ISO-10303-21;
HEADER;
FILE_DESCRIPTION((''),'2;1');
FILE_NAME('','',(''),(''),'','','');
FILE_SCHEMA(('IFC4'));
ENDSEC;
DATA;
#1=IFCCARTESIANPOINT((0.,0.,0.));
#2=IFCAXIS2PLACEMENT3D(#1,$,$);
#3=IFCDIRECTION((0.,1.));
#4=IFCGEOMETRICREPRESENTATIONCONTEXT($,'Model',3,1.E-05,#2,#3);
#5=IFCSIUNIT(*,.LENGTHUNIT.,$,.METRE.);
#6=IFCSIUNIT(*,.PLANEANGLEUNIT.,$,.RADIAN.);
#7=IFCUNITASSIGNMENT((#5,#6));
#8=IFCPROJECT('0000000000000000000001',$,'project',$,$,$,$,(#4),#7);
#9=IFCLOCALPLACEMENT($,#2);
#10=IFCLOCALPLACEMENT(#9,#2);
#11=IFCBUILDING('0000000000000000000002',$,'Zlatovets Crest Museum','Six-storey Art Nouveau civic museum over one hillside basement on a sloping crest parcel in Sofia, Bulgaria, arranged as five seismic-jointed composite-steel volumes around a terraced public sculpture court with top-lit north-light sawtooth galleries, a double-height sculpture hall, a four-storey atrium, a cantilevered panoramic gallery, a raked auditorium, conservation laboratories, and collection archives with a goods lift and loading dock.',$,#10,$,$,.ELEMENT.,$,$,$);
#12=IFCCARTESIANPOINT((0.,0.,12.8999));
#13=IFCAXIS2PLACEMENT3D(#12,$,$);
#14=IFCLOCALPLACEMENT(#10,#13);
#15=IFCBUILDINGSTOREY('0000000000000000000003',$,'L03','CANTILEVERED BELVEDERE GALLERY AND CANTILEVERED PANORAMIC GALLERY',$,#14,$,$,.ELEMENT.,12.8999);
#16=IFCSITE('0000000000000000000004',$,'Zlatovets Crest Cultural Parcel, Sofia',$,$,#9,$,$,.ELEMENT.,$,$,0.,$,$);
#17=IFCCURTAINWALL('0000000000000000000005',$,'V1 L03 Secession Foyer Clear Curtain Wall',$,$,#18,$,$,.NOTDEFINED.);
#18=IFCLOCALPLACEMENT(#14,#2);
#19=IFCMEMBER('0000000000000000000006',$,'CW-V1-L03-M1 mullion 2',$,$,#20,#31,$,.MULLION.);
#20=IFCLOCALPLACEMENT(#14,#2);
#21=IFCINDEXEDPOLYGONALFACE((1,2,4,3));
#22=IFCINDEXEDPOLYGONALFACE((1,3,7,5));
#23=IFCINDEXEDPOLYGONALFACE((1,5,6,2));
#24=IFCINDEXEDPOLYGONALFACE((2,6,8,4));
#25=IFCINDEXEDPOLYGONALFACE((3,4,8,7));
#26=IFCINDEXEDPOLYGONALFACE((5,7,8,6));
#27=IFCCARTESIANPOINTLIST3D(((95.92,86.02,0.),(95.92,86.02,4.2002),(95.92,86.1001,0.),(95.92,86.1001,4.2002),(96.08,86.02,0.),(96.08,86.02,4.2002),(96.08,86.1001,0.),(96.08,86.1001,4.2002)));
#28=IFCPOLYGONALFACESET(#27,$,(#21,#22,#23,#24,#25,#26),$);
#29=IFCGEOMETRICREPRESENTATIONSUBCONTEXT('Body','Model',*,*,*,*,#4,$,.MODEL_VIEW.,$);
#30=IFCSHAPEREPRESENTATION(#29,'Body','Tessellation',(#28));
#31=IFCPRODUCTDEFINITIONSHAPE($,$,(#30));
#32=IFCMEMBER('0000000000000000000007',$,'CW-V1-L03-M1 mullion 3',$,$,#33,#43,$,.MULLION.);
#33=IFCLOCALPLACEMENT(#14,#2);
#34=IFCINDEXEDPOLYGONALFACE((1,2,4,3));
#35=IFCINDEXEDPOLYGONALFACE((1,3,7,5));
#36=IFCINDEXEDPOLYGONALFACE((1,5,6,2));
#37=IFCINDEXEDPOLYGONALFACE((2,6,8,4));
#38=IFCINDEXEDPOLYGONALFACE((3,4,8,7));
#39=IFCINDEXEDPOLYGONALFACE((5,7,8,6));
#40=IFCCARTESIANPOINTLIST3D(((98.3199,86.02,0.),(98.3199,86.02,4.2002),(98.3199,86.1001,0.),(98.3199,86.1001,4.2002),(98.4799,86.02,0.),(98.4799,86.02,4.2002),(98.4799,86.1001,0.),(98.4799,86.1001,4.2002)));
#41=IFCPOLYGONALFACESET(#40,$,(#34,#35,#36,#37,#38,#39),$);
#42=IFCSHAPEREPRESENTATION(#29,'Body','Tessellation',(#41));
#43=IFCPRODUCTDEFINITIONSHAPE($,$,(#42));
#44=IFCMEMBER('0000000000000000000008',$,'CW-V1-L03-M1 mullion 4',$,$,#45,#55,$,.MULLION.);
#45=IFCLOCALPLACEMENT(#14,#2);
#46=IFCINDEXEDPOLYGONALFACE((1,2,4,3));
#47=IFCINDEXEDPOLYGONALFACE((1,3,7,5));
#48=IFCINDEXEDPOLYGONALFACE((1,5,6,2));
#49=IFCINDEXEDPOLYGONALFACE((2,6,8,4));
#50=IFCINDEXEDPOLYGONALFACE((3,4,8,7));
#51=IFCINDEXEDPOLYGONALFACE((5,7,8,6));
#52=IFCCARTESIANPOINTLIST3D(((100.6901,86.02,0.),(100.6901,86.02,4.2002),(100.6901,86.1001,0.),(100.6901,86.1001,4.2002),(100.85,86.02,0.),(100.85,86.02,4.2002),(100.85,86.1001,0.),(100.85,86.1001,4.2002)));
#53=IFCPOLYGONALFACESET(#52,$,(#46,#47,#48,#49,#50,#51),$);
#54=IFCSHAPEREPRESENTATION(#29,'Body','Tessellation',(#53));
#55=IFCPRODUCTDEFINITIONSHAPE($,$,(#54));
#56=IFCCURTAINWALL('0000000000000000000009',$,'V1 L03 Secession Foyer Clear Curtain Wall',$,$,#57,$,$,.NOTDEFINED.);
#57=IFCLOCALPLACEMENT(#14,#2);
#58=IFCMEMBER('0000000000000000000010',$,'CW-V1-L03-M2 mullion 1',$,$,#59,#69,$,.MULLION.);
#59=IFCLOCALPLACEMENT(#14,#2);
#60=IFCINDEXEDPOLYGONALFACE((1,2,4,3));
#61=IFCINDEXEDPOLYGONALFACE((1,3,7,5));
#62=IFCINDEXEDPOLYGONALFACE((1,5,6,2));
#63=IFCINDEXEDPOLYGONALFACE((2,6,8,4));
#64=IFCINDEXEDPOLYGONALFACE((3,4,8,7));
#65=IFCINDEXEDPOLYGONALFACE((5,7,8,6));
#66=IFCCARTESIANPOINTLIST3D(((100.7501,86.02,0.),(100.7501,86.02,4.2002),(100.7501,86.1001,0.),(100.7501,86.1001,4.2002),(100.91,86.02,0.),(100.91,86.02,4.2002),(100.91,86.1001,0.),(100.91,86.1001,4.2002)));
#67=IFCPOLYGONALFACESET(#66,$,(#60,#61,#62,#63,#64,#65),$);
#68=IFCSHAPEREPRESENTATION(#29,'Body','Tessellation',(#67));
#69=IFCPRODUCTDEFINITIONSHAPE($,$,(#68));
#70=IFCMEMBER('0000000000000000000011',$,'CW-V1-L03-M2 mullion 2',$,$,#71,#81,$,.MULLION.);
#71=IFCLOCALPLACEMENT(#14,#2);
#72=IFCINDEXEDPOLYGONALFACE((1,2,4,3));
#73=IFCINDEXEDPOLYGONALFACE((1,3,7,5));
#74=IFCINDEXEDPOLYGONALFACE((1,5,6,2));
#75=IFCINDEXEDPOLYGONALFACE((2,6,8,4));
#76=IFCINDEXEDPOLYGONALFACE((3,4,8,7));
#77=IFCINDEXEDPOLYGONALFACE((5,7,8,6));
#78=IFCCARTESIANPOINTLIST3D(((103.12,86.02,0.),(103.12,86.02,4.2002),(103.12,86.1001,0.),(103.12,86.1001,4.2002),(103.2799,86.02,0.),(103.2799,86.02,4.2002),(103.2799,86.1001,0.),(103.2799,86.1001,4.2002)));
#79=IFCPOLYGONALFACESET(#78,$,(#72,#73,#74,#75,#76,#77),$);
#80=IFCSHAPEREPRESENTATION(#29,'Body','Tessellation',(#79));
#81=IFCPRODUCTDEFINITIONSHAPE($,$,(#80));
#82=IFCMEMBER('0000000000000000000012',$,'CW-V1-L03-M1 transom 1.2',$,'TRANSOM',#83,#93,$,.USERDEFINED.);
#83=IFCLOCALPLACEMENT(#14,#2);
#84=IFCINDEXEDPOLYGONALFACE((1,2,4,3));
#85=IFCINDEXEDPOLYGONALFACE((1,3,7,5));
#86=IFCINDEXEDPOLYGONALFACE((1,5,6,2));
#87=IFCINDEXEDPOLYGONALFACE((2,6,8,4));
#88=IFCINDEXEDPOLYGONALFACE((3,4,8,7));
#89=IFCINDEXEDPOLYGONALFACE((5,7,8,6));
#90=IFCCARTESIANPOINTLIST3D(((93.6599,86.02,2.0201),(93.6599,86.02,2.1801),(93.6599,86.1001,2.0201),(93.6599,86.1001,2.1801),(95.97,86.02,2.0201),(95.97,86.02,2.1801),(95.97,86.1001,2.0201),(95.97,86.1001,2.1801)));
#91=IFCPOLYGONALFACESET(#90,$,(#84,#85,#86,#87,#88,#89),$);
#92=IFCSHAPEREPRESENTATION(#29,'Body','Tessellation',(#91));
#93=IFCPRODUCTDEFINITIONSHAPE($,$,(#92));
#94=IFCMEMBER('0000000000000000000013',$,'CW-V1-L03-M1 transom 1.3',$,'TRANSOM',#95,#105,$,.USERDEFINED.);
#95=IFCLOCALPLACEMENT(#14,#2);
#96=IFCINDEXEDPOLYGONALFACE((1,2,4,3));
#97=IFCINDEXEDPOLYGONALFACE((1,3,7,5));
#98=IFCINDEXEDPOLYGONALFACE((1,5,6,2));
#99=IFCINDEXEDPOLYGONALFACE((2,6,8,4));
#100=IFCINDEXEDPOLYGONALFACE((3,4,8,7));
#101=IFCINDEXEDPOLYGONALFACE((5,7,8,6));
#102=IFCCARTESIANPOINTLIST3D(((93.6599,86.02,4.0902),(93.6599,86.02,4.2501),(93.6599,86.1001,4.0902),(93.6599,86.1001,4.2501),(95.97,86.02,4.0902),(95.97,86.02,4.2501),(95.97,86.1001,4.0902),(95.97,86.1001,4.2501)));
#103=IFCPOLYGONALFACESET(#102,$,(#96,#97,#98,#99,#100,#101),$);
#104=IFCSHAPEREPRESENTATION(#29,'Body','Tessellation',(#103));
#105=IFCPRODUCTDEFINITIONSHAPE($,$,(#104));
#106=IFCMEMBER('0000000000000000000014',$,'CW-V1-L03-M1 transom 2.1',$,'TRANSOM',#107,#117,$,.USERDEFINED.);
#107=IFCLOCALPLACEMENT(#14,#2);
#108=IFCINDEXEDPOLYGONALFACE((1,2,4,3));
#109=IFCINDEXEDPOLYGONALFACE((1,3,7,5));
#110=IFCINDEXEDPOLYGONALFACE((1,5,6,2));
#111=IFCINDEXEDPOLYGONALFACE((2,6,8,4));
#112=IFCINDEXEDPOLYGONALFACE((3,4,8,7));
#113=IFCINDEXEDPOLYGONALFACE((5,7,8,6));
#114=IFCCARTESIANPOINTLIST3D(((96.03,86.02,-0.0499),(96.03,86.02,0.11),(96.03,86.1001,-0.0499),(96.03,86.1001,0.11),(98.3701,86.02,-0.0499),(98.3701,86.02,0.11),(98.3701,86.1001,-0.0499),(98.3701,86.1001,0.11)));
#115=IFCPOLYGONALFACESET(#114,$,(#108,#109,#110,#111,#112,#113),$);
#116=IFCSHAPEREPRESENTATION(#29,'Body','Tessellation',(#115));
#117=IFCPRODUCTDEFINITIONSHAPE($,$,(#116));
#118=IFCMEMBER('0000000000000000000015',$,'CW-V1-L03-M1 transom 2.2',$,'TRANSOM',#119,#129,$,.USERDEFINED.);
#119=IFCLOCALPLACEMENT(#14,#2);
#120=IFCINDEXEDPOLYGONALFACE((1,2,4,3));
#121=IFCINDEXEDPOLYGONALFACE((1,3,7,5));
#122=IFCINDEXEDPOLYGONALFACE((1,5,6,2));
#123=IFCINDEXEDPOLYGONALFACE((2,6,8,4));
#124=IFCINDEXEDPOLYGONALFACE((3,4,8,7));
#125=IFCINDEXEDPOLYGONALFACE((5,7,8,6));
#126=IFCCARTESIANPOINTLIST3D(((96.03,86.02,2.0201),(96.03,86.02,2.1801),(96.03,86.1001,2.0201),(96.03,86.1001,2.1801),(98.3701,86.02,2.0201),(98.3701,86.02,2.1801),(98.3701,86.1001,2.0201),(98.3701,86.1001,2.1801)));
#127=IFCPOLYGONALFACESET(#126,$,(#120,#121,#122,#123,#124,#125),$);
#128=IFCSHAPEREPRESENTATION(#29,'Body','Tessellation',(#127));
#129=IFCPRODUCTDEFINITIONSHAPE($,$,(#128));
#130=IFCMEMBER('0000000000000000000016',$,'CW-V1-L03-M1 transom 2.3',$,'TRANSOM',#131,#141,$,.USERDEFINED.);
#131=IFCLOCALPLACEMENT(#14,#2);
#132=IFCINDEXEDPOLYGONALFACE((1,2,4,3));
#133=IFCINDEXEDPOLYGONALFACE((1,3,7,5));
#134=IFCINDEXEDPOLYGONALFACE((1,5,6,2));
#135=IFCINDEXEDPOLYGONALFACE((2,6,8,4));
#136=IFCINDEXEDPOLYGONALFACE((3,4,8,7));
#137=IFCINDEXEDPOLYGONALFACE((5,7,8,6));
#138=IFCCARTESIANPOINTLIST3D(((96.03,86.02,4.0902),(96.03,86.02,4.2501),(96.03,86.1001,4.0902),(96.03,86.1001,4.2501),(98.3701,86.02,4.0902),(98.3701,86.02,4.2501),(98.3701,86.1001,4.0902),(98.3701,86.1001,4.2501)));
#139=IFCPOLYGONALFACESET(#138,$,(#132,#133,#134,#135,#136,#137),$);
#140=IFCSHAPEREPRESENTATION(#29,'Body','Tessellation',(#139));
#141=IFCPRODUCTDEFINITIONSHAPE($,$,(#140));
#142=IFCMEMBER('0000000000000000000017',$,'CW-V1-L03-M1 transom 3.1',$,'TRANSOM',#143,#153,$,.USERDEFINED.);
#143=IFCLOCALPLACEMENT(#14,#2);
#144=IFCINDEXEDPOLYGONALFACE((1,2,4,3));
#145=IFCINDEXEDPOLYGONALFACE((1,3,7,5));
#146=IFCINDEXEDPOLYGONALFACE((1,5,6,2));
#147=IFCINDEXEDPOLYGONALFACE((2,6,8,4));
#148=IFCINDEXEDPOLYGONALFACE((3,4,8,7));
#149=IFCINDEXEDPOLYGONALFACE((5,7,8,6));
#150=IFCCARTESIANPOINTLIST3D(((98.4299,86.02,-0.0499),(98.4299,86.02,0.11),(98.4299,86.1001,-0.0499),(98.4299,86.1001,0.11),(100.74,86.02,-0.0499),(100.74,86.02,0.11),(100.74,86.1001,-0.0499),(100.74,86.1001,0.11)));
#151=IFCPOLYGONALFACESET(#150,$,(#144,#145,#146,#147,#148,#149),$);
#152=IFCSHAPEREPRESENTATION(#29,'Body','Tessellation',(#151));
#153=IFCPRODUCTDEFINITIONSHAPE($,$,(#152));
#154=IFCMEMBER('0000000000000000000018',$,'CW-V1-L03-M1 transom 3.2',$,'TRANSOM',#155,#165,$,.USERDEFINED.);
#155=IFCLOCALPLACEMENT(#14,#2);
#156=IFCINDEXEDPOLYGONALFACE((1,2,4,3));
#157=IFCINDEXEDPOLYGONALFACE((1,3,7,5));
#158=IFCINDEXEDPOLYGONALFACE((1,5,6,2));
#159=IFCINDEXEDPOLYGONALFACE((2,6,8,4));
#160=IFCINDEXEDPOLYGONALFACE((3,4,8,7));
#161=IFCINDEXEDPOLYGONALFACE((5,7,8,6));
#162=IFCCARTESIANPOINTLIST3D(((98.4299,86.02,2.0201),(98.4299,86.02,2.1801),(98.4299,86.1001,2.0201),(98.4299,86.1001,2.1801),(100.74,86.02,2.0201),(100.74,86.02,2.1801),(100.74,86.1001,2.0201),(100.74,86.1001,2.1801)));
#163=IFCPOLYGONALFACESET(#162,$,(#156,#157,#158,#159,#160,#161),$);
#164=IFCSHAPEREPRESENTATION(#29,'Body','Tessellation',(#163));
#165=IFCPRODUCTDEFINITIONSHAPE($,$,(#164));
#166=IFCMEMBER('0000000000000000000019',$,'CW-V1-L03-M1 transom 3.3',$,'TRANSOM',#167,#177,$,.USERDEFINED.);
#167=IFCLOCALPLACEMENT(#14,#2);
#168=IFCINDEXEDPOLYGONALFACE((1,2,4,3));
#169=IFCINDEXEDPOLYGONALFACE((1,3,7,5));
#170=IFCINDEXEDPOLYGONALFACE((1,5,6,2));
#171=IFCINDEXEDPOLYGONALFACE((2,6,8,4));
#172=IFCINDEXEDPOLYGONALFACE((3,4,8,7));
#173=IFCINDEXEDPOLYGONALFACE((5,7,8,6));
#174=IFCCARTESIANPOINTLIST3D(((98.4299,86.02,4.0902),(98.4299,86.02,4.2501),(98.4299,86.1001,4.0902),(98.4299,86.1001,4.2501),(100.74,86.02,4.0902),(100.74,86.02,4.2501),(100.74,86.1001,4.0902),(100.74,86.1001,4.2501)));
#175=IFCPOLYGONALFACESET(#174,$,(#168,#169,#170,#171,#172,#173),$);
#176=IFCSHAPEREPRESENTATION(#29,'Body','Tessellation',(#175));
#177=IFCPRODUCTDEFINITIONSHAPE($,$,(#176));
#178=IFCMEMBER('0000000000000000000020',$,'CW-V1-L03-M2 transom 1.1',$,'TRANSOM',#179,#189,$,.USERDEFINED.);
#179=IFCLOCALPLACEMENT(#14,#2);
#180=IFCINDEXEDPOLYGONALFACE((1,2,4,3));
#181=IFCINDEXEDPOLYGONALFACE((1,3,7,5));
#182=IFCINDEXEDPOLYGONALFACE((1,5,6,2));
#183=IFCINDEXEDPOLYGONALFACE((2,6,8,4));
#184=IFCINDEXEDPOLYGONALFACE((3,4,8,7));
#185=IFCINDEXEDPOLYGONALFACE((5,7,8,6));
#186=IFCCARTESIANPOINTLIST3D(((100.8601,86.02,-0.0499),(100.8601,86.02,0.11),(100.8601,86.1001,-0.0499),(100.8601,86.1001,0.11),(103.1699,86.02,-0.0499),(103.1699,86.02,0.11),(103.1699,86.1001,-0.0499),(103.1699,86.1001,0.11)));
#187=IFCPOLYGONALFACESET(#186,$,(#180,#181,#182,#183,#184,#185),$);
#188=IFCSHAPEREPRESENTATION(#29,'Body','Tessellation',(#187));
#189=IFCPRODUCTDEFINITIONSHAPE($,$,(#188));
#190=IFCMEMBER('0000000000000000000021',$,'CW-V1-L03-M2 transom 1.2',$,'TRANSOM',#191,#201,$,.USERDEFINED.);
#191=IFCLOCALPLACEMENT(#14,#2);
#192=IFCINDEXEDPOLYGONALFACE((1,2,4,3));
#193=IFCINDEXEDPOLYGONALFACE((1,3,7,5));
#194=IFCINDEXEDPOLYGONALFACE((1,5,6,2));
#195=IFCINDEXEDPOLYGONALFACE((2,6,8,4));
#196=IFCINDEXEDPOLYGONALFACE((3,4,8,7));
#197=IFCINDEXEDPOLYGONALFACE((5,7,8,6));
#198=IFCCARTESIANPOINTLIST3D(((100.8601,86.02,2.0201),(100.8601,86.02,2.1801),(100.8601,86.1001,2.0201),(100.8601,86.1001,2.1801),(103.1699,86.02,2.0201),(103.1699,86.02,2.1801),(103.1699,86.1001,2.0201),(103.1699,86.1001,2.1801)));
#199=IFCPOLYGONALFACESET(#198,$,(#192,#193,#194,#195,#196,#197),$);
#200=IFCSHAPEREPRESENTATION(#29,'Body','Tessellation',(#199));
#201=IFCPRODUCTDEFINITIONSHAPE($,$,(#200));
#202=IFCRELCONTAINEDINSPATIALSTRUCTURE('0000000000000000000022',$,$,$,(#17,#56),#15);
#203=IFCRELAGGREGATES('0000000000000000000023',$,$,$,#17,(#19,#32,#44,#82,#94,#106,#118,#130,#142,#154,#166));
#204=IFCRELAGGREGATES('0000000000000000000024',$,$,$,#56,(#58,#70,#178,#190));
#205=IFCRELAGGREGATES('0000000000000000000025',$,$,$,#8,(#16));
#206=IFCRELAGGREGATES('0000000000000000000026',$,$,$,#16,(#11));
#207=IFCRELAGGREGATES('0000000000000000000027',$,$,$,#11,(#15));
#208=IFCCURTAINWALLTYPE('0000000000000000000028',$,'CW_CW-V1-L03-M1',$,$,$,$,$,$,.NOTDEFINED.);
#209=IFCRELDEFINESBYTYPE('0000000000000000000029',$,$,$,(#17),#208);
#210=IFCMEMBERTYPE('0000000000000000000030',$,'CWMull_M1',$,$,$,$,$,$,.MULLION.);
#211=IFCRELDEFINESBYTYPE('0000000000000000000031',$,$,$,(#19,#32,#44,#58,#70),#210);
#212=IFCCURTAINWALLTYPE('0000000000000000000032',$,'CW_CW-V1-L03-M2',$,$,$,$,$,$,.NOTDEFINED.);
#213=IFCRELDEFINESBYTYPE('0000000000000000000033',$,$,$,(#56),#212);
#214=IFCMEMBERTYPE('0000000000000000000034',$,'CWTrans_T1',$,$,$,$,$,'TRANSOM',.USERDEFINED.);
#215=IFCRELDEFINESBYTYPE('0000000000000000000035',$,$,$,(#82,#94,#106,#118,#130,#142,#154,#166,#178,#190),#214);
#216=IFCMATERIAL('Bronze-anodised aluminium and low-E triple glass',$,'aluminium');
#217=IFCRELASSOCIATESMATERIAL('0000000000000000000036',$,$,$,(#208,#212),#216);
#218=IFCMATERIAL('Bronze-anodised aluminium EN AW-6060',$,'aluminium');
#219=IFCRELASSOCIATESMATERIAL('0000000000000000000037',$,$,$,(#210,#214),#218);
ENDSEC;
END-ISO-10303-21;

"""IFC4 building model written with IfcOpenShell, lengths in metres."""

from ifc_helpers import new_model, si_unit, direction, frame, origin, origin_2d, place, context, subcontext, project, spatial, rectangle, extrude, material, material_profile, profile_set, type_object, element, aggregate, save


model = new_model("IFC4")

# Units and contexts
model_context = context("Model", 3, precision=1e-05, world=origin(), true_north=direction((0.0, 1.0)))
body_context = subcontext(model_context, "Body", "Model", "MODEL_VIEW")
ifc_project = project(units=[si_unit("LENGTHUNIT", "METRE"), si_unit("PLANEANGLEUNIT", "RADIAN")], contexts=[model_context])

# Site, building, storey
site_placement = place(None, origin())
site = spatial("IfcSite", under=ifc_project, at=site_placement, Name="Zlatovets Crest Cultural Parcel, Sofia", CompositionType="ELEMENT", RefElevation=0.0)
building_placement = place(site_placement, origin())
building = spatial("IfcBuilding", under=site, at=building_placement, Name="Zlatovets Crest Museum", Description="Six-storey Art Nouveau civic museum over one hillside basement on a sloping crest parcel in Sofia, Bulgaria, arranged as five seismic-jointed composite-steel volumes around a terraced public sculpture court with top-lit north-light sawtooth galleries, a double-height sculpture hall, a four-storey atrium, a cantilevered panoramic gallery, a raked auditorium, conservation laboratories, and collection archives with a goods lift and loading dock.", CompositionType="ELEMENT")
storey_placement = place(building_placement, frame((0.0, 0.0, 12.8999)))
storey = spatial("IfcBuildingStorey", under=building, at=storey_placement, Name="L03", Description="CANTILEVERED BELVEDERE GALLERY AND CANTILEVERED PANORAMIC GALLERY", CompositionType="ELEMENT", Elevation=12.8999)

# Curtain walls, members
ifc_material_1 = material(Name="Bronze-anodised aluminium and low-E triple glass", Category="aluminium")
curtain_wall_type_1 = type_object("IfcCurtainWallType", Name="CW_CW-V1-L03-M1", PredefinedType="NOTDEFINED", material=ifc_material_1)
curtain_wall_1_placement = place(storey_placement, origin())
curtain_wall_1 = element("IfcCurtainWall", 1, at=curtain_wall_1_placement, inside=storey, type_object=curtain_wall_type_1, Name="V1 L03 Secession Foyer Clear Curtain Wall", PredefinedType="NOTDEFINED")
ifc_material_2 = material(Name="Bronze-anodised aluminium EN AW-6060", Category="aluminium")
ifc_material_profile_1 = material_profile(ifc_material_2, rectangle(XDim=0.0801, YDim=0.1599, at=origin_2d()), Name="ALU 80x160")
ifc_profile_set_1 = profile_set([ifc_material_profile_1], Name="Bronze-anodised aluminium EN AW-6060")
member_type_1 = type_object("IfcMemberType", Name="CWMull_M1", PredefinedType="MULLION", material=ifc_profile_set_1)
member_1_placement = place(storey_placement, frame((96.0, 86.0601, 0.0), z_axis=(0.0, 0.0, 1.0), x_axis=(0.0, 1.0, 0.0)))
member_1 = element("IfcMember", 2, at=member_1_placement, type_object=member_type_1, Name="CW-V1-L03-M1 mullion 2", PredefinedType="MULLION", context=body_context, shape_type="SweptSolid", body=[
    extrude(rectangle(XDim=0.0801, YDim=0.1599, at=origin_2d()), origin(), (0.0, 0.0, 1.0), 4.2002),
])
member_2_placement = place(storey_placement, frame((98.3999, 86.0601, 0.0), z_axis=(0.0, 0.0, 1.0), x_axis=(0.0, 1.0, 0.0)))
member_2 = element("IfcMember", 3, at=member_2_placement, type_object=member_type_1, Name="CW-V1-L03-M1 mullion 3", PredefinedType="MULLION", context=body_context, shape_type="SweptSolid", body=[
    extrude(rectangle(XDim=0.0801, YDim=0.1599, at=origin_2d()), origin(), (0.0, 0.0, 1.0), 4.2002),
])
member_3_placement = place(storey_placement, frame((100.77, 86.0601, 0.0), z_axis=(0.0, 0.0, 1.0), x_axis=(0.0, 1.0, 0.0)))
member_3 = element("IfcMember", 4, at=member_3_placement, type_object=member_type_1, Name="CW-V1-L03-M1 mullion 4", PredefinedType="MULLION", context=body_context, shape_type="SweptSolid", body=[
    extrude(rectangle(XDim=0.0801, YDim=0.1599, at=origin_2d()), origin(), (0.0, 0.0, 1.0), 4.2002),
])
curtain_wall_type_2 = type_object("IfcCurtainWallType", Name="CW_CW-V1-L03-M2", PredefinedType="NOTDEFINED", material=ifc_material_1)
curtain_wall_2_placement = place(storey_placement, origin())
curtain_wall_2 = element("IfcCurtainWall", 5, at=curtain_wall_2_placement, inside=storey, type_object=curtain_wall_type_2, Name="V1 L03 Secession Foyer Clear Curtain Wall", PredefinedType="NOTDEFINED")
member_4_placement = place(storey_placement, frame((100.8301, 86.0601, 0.0), z_axis=(0.0, 0.0, 1.0), x_axis=(0.0, 1.0, 0.0)))
member_4 = element("IfcMember", 6, at=member_4_placement, type_object=member_type_1, Name="CW-V1-L03-M2 mullion 1", PredefinedType="MULLION", context=body_context, shape_type="SweptSolid", body=[
    extrude(rectangle(XDim=0.0801, YDim=0.1599, at=origin_2d()), origin(), (0.0, 0.0, 1.0), 4.2002),
])
member_5_placement = place(storey_placement, frame((103.2, 86.0601, 0.0), z_axis=(0.0, 0.0, 1.0), x_axis=(0.0, 1.0, 0.0)))
member_5 = element("IfcMember", 7, at=member_5_placement, type_object=member_type_1, Name="CW-V1-L03-M2 mullion 2", PredefinedType="MULLION", context=body_context, shape_type="SweptSolid", body=[
    extrude(rectangle(XDim=0.0801, YDim=0.1599, at=origin_2d()), origin(), (0.0, 0.0, 1.0), 4.2002),
])

# Members
ifc_material_profile_2 = material_profile(ifc_material_2, rectangle(XDim=0.0801, YDim=0.1599, at=origin_2d()), Name="ALU 80x160")
ifc_profile_set_2 = profile_set([ifc_material_profile_2], Name="Bronze-anodised aluminium EN AW-6060")
member_type_2 = type_object("IfcMemberType", Name="CWTrans_T1", ElementType="TRANSOM", PredefinedType="USERDEFINED", material=ifc_profile_set_2)
member_6_placement = place(storey_placement, frame((93.6599, 86.0601, 2.1001), z_axis=(1.0, 0.0, 0.0), x_axis=(0.0, 1.0, 0.0)))
member_6 = element("IfcMember", 8, at=member_6_placement, type_object=member_type_2, Name="CW-V1-L03-M1 transom 1.2", ObjectType="TRANSOM", PredefinedType="USERDEFINED", context=body_context, shape_type="SweptSolid", body=[
    extrude(rectangle(XDim=0.0801, YDim=0.1599, at=origin_2d()), origin(), (0.0, 0.0, 1.0), 2.3101),
])
member_7_placement = place(storey_placement, frame((93.6599, 86.0601, 4.1702), z_axis=(1.0, 0.0, 0.0), x_axis=(0.0, 1.0, 0.0)))
member_7 = element("IfcMember", 9, at=member_7_placement, type_object=member_type_2, Name="CW-V1-L03-M1 transom 1.3", ObjectType="TRANSOM", PredefinedType="USERDEFINED", context=body_context, shape_type="SweptSolid", body=[
    extrude(rectangle(XDim=0.0801, YDim=0.1599, at=origin_2d()), origin(), (0.0, 0.0, 1.0), 2.3101),
])
member_8_placement = place(storey_placement, frame((96.03, 86.0601, 0.03), z_axis=(1.0, 0.0, 0.0), x_axis=(0.0, 1.0, 0.0)))
member_8 = element("IfcMember", 10, at=member_8_placement, type_object=member_type_2, Name="CW-V1-L03-M1 transom 2.1", ObjectType="TRANSOM", PredefinedType="USERDEFINED", context=body_context, shape_type="SweptSolid", body=[
    extrude(rectangle(XDim=0.0801, YDim=0.1599, at=origin_2d()), origin(), (0.0, 0.0, 1.0), 2.3401),
])
member_9_placement = place(storey_placement, frame((96.03, 86.0601, 2.1001), z_axis=(1.0, 0.0, 0.0), x_axis=(0.0, 1.0, 0.0)))
member_9 = element("IfcMember", 11, at=member_9_placement, type_object=member_type_2, Name="CW-V1-L03-M1 transom 2.2", ObjectType="TRANSOM", PredefinedType="USERDEFINED", context=body_context, shape_type="SweptSolid", body=[
    extrude(rectangle(XDim=0.0801, YDim=0.1599, at=origin_2d()), origin(), (0.0, 0.0, 1.0), 2.3401),
])
member_10_placement = place(storey_placement, frame((96.03, 86.0601, 4.1702), z_axis=(1.0, 0.0, 0.0), x_axis=(0.0, 1.0, 0.0)))
member_10 = element("IfcMember", 12, at=member_10_placement, type_object=member_type_2, Name="CW-V1-L03-M1 transom 2.3", ObjectType="TRANSOM", PredefinedType="USERDEFINED", context=body_context, shape_type="SweptSolid", body=[
    extrude(rectangle(XDim=0.0801, YDim=0.1599, at=origin_2d()), origin(), (0.0, 0.0, 1.0), 2.3401),
])
member_11_placement = place(storey_placement, frame((98.4299, 86.0601, 0.03), z_axis=(1.0, 0.0, 0.0), x_axis=(0.0, 1.0, 0.0)))
member_11 = element("IfcMember", 13, at=member_11_placement, type_object=member_type_2, Name="CW-V1-L03-M1 transom 3.1", ObjectType="TRANSOM", PredefinedType="USERDEFINED", context=body_context, shape_type="SweptSolid", body=[
    extrude(rectangle(XDim=0.0801, YDim=0.1599, at=origin_2d()), origin(), (0.0, 0.0, 1.0), 2.3101),
])
member_12_placement = place(storey_placement, frame((98.4299, 86.0601, 2.1001), z_axis=(1.0, 0.0, 0.0), x_axis=(0.0, 1.0, 0.0)))
member_12 = element("IfcMember", 14, at=member_12_placement, type_object=member_type_2, Name="CW-V1-L03-M1 transom 3.2", ObjectType="TRANSOM", PredefinedType="USERDEFINED", context=body_context, shape_type="SweptSolid", body=[
    extrude(rectangle(XDim=0.0801, YDim=0.1599, at=origin_2d()), origin(), (0.0, 0.0, 1.0), 2.3101),
])
member_13_placement = place(storey_placement, frame((98.4299, 86.0601, 4.1702), z_axis=(1.0, 0.0, 0.0), x_axis=(0.0, 1.0, 0.0)))
member_13 = element("IfcMember", 15, at=member_13_placement, type_object=member_type_2, Name="CW-V1-L03-M1 transom 3.3", ObjectType="TRANSOM", PredefinedType="USERDEFINED", context=body_context, shape_type="SweptSolid", body=[
    extrude(rectangle(XDim=0.0801, YDim=0.1599, at=origin_2d()), origin(), (0.0, 0.0, 1.0), 2.3101),
])
member_14_placement = place(storey_placement, frame((100.8601, 86.0601, 0.03), z_axis=(1.0, 0.0, 0.0), x_axis=(0.0, 1.0, 0.0)))
member_14 = element("IfcMember", 16, at=member_14_placement, type_object=member_type_2, Name="CW-V1-L03-M2 transom 1.1", ObjectType="TRANSOM", PredefinedType="USERDEFINED", context=body_context, shape_type="SweptSolid", body=[
    extrude(rectangle(XDim=0.0801, YDim=0.1599, at=origin_2d()), origin(), (0.0, 0.0, 1.0), 2.3098),
])
member_15_placement = place(storey_placement, frame((100.8601, 86.0601, 2.1001), z_axis=(1.0, 0.0, 0.0), x_axis=(0.0, 1.0, 0.0)))
member_15 = element("IfcMember", 17, at=member_15_placement, type_object=member_type_2, Name="CW-V1-L03-M2 transom 1.2", ObjectType="TRANSOM", PredefinedType="USERDEFINED", context=body_context, shape_type="SweptSolid", body=[
    extrude(rectangle(XDim=0.0801, YDim=0.1599, at=origin_2d()), origin(), (0.0, 0.0, 1.0), 2.3098),
])

aggregate(curtain_wall_1, [member_1, member_2, member_3, member_6, member_7, member_8, member_9, member_10, member_11, member_12, member_13])
aggregate(curtain_wall_2, [member_4, member_5, member_14, member_15])

save(model, "model.ifc")
